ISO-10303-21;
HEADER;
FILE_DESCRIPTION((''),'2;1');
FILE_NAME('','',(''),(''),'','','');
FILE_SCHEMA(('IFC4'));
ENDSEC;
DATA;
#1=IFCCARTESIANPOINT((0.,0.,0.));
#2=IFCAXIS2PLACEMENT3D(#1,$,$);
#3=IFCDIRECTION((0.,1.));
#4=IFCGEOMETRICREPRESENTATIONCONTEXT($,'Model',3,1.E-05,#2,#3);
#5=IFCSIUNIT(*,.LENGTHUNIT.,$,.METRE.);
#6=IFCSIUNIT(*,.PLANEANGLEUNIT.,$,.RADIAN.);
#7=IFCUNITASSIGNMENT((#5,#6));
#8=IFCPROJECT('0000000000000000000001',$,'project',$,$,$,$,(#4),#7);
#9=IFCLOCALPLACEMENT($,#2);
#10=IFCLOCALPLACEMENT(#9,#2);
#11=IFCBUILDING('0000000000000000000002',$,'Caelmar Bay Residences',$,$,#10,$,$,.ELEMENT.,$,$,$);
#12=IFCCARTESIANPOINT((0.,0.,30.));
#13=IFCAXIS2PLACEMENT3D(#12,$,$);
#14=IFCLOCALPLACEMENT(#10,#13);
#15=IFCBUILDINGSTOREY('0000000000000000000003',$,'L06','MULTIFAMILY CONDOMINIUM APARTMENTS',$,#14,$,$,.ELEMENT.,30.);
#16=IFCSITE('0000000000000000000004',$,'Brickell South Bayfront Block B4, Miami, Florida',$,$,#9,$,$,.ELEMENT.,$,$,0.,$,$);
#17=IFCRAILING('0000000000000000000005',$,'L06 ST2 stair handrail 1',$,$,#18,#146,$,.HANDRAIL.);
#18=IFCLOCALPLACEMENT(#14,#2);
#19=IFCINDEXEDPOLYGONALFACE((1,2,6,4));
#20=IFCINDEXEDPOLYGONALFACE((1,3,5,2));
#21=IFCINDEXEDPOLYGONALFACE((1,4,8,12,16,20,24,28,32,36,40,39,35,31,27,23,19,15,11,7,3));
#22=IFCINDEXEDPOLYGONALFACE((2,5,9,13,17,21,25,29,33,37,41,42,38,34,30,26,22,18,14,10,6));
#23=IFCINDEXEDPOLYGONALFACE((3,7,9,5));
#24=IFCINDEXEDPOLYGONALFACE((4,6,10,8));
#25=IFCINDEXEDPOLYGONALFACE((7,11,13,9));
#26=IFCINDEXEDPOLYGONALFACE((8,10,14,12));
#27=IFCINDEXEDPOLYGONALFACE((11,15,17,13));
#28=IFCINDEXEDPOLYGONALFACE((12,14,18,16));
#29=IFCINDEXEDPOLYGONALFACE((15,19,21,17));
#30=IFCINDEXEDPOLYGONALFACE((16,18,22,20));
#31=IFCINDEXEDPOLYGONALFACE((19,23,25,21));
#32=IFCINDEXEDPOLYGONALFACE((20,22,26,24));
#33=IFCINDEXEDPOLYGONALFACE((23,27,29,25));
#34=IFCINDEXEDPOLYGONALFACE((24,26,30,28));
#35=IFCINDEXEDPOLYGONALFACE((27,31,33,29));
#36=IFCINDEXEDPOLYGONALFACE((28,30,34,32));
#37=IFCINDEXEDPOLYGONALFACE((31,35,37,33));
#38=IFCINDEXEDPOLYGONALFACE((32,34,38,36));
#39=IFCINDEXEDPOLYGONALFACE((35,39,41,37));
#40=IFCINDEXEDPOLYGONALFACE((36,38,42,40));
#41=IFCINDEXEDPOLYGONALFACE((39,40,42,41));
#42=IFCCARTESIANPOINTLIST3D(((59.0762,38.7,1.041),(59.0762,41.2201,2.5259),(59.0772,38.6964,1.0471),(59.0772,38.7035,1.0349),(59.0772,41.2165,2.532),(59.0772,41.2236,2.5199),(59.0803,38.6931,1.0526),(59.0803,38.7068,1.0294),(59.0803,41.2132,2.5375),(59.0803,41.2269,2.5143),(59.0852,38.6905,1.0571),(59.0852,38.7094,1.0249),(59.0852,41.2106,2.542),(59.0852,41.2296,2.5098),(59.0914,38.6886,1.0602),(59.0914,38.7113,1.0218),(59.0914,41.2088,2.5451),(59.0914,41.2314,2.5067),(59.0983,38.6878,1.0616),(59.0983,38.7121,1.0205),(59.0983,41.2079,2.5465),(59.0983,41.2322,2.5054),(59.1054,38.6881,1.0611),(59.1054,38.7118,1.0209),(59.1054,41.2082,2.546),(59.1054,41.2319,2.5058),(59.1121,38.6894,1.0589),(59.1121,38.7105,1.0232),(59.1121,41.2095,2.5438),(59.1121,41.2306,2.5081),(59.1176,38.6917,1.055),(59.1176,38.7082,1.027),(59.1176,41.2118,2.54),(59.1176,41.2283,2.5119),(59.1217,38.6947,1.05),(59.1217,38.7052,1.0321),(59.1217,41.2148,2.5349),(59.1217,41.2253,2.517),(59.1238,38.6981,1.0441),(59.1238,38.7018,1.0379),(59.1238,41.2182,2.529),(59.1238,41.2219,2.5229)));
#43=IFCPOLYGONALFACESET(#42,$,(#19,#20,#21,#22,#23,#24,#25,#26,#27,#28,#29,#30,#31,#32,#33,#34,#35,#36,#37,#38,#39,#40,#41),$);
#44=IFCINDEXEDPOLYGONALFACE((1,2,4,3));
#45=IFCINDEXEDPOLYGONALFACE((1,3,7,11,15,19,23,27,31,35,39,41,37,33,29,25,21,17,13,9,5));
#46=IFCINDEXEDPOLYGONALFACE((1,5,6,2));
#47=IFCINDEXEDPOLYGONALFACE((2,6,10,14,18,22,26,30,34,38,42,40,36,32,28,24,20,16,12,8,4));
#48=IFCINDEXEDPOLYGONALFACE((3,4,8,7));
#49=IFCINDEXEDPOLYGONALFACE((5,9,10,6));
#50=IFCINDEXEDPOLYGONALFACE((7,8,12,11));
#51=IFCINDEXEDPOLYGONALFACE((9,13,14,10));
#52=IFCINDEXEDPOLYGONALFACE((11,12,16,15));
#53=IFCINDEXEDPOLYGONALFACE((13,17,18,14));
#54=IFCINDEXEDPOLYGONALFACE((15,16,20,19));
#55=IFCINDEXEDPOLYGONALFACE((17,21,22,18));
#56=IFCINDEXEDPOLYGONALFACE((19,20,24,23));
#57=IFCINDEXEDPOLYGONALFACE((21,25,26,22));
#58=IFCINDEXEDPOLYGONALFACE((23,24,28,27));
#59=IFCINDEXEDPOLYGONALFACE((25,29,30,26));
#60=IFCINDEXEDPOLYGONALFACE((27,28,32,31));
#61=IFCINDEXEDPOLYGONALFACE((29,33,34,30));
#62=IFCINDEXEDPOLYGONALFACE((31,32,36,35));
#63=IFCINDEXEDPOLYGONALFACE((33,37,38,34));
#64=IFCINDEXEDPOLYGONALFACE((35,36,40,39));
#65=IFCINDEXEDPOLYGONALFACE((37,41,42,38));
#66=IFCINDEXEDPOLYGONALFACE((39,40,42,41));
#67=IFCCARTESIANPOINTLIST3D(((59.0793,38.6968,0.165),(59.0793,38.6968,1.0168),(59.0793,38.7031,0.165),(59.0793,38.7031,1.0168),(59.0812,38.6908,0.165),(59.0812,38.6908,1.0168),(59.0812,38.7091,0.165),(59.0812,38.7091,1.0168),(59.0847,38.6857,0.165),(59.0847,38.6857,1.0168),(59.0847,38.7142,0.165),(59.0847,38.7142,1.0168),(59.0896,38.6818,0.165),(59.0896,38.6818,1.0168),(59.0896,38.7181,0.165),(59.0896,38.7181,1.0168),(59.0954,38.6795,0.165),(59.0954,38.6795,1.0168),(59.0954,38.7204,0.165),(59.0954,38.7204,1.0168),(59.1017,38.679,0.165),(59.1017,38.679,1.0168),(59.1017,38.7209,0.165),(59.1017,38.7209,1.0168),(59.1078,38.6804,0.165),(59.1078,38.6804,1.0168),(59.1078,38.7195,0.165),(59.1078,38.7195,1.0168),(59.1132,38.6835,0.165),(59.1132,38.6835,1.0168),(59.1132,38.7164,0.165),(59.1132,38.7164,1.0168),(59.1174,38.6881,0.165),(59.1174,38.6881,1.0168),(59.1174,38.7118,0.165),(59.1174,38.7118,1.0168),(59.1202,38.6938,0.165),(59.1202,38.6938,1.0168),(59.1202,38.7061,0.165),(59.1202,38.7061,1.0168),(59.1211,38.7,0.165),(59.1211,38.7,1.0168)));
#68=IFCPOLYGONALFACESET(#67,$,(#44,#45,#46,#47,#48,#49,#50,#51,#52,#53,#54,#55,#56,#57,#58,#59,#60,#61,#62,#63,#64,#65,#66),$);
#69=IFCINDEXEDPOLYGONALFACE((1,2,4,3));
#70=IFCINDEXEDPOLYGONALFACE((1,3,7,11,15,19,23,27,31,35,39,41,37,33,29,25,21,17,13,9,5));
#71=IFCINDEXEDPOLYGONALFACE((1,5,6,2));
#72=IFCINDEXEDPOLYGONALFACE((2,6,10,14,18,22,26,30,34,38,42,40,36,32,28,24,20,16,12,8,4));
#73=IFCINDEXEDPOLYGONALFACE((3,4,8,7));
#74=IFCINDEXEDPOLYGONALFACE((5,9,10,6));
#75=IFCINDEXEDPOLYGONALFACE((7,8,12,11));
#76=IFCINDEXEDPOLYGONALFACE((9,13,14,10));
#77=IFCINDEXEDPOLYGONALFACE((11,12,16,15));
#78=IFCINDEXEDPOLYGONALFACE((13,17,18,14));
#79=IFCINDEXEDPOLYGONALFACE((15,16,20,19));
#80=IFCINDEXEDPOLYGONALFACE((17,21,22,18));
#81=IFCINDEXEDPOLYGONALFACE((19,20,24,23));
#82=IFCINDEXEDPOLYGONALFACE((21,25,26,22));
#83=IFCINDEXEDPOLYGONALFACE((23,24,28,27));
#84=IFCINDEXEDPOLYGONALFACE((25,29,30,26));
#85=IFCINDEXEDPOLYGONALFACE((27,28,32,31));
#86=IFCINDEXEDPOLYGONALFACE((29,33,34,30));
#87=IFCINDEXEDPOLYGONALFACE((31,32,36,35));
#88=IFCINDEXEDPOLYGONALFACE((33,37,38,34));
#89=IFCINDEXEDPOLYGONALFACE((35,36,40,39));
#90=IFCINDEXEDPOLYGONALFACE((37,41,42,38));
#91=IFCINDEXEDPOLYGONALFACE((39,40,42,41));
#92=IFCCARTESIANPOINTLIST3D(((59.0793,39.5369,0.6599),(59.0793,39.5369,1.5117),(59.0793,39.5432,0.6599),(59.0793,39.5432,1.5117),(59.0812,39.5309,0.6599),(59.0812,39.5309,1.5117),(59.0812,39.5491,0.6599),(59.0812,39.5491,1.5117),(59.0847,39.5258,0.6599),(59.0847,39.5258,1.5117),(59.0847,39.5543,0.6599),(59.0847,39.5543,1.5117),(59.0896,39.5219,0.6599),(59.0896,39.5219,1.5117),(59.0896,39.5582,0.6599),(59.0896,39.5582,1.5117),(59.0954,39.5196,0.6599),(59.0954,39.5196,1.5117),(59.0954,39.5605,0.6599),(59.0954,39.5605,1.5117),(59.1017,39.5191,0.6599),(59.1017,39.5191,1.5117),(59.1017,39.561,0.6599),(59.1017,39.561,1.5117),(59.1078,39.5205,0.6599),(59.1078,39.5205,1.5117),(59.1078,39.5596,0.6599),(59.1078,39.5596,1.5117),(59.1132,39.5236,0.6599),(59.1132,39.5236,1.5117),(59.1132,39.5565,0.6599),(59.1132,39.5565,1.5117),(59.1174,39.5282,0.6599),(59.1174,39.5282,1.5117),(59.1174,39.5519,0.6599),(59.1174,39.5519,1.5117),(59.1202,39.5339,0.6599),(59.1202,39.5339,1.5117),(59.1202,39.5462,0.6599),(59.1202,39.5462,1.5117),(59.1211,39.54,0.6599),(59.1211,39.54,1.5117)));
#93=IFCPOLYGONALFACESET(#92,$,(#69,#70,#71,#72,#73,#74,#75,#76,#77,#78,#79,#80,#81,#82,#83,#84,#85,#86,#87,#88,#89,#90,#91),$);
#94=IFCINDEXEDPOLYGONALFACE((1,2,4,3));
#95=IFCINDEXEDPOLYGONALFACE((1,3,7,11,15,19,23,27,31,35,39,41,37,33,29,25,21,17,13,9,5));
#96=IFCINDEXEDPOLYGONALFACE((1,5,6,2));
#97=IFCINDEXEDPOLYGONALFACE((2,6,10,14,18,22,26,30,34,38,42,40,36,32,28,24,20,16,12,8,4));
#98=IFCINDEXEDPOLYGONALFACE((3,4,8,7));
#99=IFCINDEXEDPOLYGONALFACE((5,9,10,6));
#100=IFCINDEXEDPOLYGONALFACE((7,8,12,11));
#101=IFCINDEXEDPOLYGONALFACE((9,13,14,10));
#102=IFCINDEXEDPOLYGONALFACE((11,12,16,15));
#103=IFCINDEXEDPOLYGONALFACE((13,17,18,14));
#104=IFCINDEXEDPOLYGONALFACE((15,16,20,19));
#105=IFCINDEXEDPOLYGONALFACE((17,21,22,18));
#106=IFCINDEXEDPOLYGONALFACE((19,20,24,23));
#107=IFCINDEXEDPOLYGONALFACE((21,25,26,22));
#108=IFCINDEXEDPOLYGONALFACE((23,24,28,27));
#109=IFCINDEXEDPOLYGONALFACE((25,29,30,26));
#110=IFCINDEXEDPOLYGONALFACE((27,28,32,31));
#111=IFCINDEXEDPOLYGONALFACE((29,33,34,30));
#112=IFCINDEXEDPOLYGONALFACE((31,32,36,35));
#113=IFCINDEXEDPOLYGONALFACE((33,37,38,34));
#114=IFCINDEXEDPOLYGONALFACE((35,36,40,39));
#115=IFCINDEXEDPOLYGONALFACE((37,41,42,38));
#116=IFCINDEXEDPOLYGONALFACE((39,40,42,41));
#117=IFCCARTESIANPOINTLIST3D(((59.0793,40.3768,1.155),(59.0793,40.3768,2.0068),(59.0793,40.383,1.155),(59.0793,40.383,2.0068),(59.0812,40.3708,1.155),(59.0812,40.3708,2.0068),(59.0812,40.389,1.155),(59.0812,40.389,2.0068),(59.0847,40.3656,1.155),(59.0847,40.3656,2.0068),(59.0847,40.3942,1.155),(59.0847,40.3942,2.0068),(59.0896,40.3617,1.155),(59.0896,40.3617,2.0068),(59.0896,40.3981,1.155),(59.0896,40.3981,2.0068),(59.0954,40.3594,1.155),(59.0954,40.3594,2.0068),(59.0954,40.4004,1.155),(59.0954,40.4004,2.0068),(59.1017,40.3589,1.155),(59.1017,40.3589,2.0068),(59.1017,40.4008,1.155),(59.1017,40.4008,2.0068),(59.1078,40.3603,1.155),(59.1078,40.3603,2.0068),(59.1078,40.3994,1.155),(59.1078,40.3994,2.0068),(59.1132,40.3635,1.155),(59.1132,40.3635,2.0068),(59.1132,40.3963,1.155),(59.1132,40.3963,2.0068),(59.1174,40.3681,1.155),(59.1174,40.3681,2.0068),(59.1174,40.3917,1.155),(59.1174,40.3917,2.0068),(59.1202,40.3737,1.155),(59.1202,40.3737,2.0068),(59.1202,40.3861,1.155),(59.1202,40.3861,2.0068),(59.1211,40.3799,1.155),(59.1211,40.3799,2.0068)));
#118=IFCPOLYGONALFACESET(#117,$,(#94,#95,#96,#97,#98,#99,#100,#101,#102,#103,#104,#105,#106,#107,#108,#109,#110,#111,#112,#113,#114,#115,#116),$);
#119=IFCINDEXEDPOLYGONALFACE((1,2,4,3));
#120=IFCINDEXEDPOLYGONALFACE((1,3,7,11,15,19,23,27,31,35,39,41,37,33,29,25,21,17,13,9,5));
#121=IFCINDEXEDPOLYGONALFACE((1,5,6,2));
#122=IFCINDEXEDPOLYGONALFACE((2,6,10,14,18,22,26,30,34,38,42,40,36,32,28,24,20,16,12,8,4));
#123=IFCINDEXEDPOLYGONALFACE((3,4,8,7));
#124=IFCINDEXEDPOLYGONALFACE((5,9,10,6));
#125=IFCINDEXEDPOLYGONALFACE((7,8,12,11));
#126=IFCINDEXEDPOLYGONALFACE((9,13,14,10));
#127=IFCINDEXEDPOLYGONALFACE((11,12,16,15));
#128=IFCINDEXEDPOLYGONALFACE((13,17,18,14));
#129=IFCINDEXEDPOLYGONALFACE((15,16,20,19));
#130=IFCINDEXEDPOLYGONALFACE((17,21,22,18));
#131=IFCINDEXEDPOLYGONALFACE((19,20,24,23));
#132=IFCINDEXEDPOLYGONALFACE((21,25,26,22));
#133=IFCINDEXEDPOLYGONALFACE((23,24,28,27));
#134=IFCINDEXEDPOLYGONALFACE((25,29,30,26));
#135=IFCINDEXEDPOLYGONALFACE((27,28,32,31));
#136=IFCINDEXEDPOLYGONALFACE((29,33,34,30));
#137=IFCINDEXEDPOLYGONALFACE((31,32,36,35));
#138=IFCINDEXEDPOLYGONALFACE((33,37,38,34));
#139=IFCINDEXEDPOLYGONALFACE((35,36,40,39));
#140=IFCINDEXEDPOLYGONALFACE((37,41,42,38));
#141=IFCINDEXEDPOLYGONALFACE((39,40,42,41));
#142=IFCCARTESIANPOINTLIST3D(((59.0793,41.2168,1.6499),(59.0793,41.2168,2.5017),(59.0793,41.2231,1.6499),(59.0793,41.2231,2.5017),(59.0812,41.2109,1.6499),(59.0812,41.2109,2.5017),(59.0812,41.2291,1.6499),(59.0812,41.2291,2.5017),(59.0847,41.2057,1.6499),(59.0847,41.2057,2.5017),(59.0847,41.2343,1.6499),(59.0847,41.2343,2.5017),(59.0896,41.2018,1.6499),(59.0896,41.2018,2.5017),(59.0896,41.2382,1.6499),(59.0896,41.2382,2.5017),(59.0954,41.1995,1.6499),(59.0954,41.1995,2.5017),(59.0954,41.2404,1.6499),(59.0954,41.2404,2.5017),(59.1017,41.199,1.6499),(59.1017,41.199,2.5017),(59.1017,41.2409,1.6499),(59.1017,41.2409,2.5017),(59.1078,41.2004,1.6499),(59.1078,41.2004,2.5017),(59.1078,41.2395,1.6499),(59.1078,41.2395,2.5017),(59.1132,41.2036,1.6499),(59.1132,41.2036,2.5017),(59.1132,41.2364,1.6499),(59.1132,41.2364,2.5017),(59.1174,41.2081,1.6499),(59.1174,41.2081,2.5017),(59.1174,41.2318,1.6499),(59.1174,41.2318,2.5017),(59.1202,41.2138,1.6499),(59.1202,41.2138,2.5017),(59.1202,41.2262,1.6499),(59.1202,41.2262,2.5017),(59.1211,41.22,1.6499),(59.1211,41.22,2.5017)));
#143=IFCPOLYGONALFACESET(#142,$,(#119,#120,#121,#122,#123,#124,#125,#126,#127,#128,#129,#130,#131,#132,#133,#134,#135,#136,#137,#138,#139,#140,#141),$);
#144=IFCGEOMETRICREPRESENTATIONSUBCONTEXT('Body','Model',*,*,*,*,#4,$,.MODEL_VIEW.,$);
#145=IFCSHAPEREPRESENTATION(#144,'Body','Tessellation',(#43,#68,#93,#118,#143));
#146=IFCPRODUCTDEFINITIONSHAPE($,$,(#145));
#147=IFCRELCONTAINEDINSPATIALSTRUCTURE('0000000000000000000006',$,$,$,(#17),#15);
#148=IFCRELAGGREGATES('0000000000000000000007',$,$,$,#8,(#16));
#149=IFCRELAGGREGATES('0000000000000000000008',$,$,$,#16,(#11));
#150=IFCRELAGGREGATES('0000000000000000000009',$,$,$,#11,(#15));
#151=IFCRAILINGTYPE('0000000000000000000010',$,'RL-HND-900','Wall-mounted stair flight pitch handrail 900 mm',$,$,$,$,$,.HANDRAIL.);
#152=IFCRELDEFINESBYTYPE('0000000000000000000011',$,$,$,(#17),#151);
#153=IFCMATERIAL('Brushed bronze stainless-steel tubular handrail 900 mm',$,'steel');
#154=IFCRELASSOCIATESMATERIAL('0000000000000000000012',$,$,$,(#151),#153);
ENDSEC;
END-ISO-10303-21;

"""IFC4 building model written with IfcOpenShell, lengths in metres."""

from ifc_helpers import new_model, si_unit, direction, frame, origin, origin_2d, place, context, subcontext, project, spatial, circle, extrude, material, type_object, element, save


model = new_model("IFC4")

# Units and contexts
model_context = context("Model", 3, precision=1e-05, world=origin(), true_north=direction((0.0, 1.0)))
body_context = subcontext(model_context, "Body", "Model", "MODEL_VIEW")
ifc_project = project(units=[si_unit("LENGTHUNIT", "METRE"), si_unit("PLANEANGLEUNIT", "RADIAN")], contexts=[model_context])

# Site, building, storey
site_placement = place(None, origin())
site = spatial("IfcSite", under=ifc_project, at=site_placement, Name="Brickell South Bayfront Block B4, Miami, Florida", CompositionType="ELEMENT", RefElevation=0.0)
building_placement = place(site_placement, origin())
building = spatial("IfcBuilding", under=site, at=building_placement, Name="Caelmar Bay Residences", CompositionType="ELEMENT")
storey_placement = place(building_placement, frame((0.0, 0.0, 30.0)))
storey = spatial("IfcBuildingStorey", under=building, at=storey_placement, Name="L06", Description="MULTIFAMILY CONDOMINIUM APARTMENTS", CompositionType="ELEMENT", Elevation=30.0)

# Railing
ifc_material_1 = material(Name="Brushed bronze stainless-steel tubular handrail 900 mm", Category="steel")
railing_type_1 = type_object("IfcRailingType", Name="RL-HND-900", Description="Wall-mounted stair flight pitch handrail 900 mm", PredefinedType="HANDRAIL", material=ifc_material_1)
railing_1_placement = place(storey_placement, frame((59.1001, 38.7, 0.165)))
element("IfcRailing", 1, at=railing_1_placement, inside=storey, type_object=railing_type_1, Name="L06 ST2 stair handrail 1", PredefinedType="HANDRAIL", context=body_context, shape_type="SweptSolid", body=[
    extrude(circle(Radius=0.0239, at=origin_2d()), frame((0.0, 0.0, 0.876), z_axis=(0.0, 0.861561, 0.507655), x_axis=(-1.0, 0.0, 0.0)), (0.0, 0.0, 1.0), 2.925),
    extrude(circle(Radius=0.021, at=origin_2d()), origin(), (0.0, 0.0, 1.0), 0.8518),
    extrude(circle(Radius=0.021, at=origin_2d()), frame((0.0, 0.8401, 0.4949)), (0.0, 0.0, 1.0), 0.8518),
    extrude(circle(Radius=0.021, at=origin_2d()), frame((0.0, 1.6799, 0.99)), (0.0, 0.0, 1.0), 0.8518),
    extrude(circle(Radius=0.021, at=origin_2d()), frame((0.0, 2.52, 1.4849)), (0.0, 0.0, 1.0), 0.8518),
])

save(model, "model.ifc")
